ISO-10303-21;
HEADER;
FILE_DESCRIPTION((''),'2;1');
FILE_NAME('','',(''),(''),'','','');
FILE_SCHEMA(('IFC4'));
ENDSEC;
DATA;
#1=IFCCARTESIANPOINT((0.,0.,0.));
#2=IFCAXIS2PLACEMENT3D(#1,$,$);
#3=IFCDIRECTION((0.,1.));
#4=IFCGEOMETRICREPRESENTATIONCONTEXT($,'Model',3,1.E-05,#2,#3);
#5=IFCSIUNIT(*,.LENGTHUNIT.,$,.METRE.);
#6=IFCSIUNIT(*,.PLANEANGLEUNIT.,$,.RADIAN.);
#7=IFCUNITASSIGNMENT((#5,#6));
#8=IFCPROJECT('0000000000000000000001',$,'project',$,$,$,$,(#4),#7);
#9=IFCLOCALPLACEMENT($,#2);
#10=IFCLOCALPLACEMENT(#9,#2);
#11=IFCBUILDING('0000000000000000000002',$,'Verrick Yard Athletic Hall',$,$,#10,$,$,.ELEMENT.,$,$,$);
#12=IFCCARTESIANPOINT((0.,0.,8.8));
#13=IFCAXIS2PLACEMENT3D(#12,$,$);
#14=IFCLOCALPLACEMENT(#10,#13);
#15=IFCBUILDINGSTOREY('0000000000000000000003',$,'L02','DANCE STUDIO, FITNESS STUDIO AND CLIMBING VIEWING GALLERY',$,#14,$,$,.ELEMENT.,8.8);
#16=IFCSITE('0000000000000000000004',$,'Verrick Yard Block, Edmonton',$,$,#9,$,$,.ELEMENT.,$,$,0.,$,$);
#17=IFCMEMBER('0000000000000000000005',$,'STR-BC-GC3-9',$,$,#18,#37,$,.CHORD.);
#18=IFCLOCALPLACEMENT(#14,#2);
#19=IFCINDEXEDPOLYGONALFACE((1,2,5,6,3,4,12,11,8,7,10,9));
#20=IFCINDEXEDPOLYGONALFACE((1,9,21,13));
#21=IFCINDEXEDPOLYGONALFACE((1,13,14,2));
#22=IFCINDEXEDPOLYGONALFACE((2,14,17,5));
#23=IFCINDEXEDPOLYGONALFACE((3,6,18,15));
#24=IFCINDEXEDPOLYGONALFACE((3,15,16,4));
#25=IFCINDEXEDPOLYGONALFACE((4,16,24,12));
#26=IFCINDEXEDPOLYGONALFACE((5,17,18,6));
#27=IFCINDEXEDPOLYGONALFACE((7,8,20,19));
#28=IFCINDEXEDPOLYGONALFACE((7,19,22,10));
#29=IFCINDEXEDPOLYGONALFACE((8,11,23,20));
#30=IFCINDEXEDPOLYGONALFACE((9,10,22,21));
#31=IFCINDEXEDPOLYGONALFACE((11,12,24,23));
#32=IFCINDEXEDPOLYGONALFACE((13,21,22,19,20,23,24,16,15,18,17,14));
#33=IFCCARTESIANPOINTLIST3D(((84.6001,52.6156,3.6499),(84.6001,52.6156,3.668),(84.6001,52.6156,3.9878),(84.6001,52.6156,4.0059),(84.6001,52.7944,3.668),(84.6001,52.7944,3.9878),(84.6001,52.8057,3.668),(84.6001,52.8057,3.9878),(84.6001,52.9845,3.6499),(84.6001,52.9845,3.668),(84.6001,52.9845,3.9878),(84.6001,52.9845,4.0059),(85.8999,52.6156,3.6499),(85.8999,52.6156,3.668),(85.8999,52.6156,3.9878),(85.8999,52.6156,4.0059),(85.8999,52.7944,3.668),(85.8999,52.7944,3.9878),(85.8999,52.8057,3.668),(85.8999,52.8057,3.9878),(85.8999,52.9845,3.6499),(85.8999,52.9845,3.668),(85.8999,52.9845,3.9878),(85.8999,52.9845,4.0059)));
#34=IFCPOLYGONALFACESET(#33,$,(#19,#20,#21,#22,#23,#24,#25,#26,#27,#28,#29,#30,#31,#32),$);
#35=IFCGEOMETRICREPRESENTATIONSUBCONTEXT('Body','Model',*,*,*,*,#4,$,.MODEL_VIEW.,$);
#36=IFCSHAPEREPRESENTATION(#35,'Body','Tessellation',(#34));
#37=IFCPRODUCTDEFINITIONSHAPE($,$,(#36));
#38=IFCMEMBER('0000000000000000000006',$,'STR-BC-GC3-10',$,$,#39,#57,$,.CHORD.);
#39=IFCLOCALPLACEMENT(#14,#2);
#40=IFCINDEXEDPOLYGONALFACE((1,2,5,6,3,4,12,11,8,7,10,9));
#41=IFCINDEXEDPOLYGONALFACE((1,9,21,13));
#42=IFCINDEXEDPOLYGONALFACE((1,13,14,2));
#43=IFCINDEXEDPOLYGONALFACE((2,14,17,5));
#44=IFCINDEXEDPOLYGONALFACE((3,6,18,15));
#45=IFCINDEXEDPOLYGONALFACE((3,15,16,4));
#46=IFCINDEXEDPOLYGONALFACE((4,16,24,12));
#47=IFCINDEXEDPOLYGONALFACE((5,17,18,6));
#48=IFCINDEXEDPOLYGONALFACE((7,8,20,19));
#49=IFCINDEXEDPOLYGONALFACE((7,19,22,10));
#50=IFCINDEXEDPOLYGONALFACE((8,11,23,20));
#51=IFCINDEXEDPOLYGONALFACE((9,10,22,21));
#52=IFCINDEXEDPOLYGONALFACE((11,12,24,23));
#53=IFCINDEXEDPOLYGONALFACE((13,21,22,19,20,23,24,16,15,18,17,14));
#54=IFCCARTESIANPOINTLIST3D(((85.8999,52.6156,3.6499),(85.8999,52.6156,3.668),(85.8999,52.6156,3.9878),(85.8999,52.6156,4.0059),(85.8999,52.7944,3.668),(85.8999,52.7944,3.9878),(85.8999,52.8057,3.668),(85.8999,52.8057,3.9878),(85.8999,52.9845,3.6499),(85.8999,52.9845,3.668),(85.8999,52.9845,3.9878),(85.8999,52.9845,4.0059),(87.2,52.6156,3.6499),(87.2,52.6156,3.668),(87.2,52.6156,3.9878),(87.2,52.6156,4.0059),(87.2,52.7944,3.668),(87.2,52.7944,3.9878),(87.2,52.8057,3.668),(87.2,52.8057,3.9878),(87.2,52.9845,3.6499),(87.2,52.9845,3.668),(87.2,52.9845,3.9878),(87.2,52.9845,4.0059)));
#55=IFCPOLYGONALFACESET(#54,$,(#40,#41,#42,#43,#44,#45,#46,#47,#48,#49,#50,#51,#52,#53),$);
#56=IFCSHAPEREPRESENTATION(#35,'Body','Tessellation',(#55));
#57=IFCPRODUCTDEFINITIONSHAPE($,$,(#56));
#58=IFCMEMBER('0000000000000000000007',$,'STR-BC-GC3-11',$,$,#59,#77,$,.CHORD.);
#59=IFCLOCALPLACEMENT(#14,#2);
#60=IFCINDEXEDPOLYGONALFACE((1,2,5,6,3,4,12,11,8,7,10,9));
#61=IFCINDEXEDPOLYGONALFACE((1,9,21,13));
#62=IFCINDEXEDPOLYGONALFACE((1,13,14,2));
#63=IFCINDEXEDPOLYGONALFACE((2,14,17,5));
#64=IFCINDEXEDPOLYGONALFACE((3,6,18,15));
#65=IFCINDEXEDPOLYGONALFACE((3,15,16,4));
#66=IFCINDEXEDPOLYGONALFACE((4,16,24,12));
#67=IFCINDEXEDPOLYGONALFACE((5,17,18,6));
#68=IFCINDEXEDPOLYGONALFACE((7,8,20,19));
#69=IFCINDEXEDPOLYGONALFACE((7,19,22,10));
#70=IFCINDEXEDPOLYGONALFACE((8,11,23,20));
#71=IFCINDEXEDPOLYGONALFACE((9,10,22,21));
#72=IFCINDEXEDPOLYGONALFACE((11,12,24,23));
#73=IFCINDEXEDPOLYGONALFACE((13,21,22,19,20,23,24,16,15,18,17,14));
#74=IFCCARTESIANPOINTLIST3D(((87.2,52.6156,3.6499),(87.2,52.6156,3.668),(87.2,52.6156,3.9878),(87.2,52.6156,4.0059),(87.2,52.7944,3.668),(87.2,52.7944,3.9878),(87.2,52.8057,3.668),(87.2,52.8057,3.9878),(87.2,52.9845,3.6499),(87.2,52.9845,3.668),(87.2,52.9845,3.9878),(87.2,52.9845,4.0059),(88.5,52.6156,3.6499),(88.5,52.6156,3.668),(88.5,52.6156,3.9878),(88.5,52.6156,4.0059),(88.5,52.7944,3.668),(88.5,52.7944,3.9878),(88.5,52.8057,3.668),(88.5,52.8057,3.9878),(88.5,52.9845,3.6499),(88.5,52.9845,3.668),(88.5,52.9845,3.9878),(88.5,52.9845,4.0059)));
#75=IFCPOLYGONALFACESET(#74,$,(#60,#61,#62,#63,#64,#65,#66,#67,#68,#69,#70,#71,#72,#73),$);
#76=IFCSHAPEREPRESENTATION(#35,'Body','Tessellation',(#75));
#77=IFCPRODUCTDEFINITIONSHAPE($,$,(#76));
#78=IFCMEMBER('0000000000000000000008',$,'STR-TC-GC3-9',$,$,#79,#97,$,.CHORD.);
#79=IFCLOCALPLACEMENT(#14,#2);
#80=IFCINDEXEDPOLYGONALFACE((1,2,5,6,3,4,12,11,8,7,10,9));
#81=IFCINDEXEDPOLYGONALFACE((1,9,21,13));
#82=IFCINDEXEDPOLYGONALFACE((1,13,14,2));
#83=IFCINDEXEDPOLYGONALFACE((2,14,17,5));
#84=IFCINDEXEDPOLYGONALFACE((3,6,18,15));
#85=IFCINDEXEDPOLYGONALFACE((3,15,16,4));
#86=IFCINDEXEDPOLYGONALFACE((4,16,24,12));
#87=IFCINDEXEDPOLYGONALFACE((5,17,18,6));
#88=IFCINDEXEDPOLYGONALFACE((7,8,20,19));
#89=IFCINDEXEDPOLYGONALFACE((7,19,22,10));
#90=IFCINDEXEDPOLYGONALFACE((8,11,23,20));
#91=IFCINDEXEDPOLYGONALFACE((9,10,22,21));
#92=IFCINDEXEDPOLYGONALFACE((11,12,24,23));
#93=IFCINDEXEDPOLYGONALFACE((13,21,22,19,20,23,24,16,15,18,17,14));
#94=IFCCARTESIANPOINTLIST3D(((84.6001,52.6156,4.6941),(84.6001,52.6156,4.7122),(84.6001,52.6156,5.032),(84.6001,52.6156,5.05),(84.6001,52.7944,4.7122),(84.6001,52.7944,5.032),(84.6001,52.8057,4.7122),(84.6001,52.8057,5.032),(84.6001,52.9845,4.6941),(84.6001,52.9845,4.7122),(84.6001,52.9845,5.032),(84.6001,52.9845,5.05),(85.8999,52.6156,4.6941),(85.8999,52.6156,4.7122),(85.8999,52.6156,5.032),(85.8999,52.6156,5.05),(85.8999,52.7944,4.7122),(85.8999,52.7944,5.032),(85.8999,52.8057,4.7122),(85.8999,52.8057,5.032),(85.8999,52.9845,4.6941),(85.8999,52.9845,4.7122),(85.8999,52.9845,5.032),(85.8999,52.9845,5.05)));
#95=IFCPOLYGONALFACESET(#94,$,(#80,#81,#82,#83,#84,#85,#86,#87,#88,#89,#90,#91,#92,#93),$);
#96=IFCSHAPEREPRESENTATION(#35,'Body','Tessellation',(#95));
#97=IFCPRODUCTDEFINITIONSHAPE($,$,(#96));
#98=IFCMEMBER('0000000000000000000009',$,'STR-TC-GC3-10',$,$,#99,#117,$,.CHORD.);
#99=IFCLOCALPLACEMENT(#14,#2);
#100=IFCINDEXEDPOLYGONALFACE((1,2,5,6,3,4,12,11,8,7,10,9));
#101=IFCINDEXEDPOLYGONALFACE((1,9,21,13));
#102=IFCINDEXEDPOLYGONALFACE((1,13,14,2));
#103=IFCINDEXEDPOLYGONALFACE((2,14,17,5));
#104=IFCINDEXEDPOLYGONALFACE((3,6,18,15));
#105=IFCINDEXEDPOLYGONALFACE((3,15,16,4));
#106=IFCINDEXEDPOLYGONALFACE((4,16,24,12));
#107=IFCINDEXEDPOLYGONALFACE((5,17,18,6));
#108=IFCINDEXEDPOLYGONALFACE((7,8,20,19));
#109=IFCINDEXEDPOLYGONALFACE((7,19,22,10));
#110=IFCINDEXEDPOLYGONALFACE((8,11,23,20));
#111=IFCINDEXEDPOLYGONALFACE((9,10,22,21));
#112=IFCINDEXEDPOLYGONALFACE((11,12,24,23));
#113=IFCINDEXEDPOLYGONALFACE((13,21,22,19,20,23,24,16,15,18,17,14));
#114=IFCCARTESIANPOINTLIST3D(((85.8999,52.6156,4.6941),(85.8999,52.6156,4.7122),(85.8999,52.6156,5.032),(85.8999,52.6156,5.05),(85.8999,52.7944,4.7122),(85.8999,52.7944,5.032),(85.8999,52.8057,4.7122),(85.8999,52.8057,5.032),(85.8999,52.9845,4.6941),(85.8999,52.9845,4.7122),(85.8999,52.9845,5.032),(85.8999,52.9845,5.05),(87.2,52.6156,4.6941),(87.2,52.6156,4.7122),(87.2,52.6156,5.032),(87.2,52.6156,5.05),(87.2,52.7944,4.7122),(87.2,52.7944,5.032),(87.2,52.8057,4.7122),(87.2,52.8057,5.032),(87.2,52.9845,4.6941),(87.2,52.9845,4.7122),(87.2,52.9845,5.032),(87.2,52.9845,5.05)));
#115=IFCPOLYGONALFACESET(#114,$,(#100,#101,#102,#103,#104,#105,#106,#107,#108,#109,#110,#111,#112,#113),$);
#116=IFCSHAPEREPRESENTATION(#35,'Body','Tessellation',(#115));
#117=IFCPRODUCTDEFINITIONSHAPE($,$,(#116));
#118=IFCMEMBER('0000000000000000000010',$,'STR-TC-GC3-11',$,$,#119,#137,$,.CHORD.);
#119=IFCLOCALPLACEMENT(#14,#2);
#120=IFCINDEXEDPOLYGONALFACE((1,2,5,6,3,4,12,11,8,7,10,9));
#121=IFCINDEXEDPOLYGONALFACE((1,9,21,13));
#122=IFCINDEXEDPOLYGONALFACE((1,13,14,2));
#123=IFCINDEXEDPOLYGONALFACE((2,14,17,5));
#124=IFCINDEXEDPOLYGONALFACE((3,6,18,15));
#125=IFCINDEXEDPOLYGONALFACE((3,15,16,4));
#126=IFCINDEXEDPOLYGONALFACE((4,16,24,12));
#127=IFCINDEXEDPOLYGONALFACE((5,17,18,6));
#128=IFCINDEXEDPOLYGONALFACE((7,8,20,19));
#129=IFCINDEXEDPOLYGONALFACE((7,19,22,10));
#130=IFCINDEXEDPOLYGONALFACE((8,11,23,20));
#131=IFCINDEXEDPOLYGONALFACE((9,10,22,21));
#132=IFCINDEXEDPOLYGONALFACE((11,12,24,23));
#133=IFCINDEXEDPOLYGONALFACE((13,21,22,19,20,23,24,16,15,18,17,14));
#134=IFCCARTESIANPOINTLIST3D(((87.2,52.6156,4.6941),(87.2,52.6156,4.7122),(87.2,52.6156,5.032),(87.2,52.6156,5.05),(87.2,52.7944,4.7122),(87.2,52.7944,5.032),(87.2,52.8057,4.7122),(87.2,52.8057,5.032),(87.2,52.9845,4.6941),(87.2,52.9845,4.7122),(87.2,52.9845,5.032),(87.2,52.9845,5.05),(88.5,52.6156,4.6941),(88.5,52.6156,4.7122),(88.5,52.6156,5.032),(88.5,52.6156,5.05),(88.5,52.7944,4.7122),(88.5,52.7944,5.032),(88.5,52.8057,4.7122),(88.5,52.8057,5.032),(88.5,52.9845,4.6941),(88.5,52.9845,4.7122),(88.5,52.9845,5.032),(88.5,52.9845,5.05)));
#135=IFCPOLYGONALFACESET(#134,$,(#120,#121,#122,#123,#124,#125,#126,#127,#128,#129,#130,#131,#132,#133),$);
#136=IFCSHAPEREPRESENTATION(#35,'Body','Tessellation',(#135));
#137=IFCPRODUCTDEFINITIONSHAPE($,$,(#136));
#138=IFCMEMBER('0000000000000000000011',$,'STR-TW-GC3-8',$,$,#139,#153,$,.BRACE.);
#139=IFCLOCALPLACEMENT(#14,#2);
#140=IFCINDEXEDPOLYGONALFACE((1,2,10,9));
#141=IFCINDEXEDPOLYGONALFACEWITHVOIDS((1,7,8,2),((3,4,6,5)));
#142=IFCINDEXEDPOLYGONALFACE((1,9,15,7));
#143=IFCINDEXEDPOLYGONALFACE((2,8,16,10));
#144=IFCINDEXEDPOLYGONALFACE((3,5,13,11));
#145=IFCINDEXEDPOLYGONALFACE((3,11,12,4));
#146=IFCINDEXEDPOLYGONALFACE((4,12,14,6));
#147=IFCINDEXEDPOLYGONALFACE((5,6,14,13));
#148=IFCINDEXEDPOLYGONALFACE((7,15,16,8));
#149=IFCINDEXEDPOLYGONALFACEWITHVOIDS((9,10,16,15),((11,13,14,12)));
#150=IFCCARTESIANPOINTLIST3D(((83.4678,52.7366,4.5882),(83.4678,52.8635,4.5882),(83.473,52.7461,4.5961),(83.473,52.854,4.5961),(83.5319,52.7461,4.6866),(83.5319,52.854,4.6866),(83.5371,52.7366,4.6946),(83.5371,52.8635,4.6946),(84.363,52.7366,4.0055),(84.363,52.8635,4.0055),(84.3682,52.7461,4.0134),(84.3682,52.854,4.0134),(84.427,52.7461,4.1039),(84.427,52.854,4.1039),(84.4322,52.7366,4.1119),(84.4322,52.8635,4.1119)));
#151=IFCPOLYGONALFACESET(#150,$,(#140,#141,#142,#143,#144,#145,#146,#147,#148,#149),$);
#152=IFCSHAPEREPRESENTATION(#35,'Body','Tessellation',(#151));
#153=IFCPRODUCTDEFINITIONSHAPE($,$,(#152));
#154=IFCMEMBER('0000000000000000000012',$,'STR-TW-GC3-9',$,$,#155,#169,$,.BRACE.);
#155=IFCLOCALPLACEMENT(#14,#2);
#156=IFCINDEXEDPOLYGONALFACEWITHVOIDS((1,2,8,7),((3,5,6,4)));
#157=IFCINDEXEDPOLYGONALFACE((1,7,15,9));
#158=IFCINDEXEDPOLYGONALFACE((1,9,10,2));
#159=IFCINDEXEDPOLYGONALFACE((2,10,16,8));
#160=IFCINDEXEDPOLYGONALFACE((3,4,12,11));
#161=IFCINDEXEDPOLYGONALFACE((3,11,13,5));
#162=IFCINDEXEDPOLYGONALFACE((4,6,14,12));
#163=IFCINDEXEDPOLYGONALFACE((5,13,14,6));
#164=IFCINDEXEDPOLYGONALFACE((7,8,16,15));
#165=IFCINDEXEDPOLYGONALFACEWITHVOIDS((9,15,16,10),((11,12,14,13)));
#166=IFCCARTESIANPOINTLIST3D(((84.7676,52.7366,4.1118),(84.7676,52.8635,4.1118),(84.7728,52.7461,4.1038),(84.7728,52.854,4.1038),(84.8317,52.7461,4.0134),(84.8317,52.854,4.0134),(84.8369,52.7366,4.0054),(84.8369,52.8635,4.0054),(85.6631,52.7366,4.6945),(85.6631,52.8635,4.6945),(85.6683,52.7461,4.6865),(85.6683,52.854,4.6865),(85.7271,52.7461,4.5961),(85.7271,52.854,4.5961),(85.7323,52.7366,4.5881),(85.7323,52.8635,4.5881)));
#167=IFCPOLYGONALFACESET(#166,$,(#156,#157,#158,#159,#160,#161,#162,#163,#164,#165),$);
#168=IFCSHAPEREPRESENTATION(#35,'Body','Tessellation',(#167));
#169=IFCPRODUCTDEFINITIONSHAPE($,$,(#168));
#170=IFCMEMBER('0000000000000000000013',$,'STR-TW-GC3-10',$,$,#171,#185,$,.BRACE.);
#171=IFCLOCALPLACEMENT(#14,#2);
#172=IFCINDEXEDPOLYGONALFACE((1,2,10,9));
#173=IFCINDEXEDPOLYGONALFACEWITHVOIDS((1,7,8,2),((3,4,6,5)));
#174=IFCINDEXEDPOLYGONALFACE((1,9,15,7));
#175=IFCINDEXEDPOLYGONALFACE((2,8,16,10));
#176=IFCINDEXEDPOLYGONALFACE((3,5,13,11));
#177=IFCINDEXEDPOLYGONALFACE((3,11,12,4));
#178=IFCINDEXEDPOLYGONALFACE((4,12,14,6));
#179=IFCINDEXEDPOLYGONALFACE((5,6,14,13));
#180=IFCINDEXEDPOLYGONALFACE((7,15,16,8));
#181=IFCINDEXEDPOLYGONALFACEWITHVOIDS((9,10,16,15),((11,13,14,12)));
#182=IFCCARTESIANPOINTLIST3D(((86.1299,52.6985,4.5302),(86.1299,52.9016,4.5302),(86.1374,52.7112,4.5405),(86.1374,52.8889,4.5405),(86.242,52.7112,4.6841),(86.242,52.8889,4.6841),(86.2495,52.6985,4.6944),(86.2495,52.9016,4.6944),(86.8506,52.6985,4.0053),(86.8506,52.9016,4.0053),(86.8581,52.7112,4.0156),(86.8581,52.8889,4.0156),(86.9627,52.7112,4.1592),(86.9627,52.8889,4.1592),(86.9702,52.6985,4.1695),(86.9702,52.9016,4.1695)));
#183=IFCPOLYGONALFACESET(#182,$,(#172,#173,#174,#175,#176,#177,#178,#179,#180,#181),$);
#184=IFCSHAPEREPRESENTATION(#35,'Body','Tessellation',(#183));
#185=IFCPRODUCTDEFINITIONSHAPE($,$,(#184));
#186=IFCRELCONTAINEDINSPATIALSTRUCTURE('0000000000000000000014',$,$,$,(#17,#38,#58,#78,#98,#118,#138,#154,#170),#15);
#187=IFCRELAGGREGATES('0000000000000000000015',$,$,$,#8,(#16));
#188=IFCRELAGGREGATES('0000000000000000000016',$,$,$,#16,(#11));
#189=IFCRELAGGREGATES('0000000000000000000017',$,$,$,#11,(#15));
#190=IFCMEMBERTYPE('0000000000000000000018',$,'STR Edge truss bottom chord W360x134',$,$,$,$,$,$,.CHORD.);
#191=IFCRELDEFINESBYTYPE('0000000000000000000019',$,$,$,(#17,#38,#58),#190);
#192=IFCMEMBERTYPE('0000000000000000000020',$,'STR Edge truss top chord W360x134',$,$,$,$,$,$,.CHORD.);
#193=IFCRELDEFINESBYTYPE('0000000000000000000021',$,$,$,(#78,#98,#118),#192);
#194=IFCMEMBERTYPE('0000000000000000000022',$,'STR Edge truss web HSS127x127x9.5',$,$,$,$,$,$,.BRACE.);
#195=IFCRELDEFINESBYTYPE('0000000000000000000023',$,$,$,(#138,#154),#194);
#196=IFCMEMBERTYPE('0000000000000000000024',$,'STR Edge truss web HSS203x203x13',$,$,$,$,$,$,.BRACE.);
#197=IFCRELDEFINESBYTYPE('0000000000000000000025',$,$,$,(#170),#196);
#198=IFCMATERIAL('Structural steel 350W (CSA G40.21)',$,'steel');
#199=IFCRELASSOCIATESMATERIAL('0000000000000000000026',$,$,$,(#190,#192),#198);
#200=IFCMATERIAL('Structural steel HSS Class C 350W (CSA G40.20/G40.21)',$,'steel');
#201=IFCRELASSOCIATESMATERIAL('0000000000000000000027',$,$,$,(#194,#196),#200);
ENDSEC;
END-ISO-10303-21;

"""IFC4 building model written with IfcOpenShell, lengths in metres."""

from ifc_helpers import new_model, si_unit, direction, frame, origin, origin_2d, place, context, subcontext, project, spatial, hollow_rectangle, i_section, extrude, material, material_profile, profile_set, type_object, element, save


model = new_model("IFC4")

# Units and contexts
model_context = context("Model", 3, precision=1e-05, world=origin(), true_north=direction((0.0, 1.0)))
body_context = subcontext(model_context, "Body", "Model", "MODEL_VIEW")
ifc_project = project(units=[si_unit("LENGTHUNIT", "METRE"), si_unit("PLANEANGLEUNIT", "RADIAN")], contexts=[model_context])

# Site, building, storey
site_placement = place(None, origin())
site = spatial("IfcSite", under=ifc_project, at=site_placement, Name="Verrick Yard Block, Edmonton", CompositionType="ELEMENT", RefElevation=0.0)
building_placement = place(site_placement, origin())
building = spatial("IfcBuilding", under=site, at=building_placement, Name="Verrick Yard Athletic Hall", CompositionType="ELEMENT")
storey_placement = place(building_placement, frame((0.0, 0.0, 8.8)))
storey = spatial("IfcBuildingStorey", under=building, at=storey_placement, Name="L02", Description="DANCE STUDIO, FITNESS STUDIO AND CLIMBING VIEWING GALLERY", CompositionType="ELEMENT", Elevation=8.8)

# Members
ifc_material_1 = material(Name="Structural steel 350W (CSA G40.21)", Category="steel")
ifc_material_profile_1 = material_profile(ifc_material_1, i_section(OverallWidth=0.3689, OverallDepth=0.356, WebThickness=0.0112, FlangeThickness=0.0181, at=origin_2d()), Name="W360x134")
ifc_profile_set_1 = profile_set([ifc_material_profile_1], Name="Structural steel 350W (CSA G40.21)")
member_type_1 = type_object("IfcMemberType", Name="STR Edge truss bottom chord W360x134", PredefinedType="CHORD", material=ifc_profile_set_1)
member_1_placement = place(storey_placement, frame((84.6001, 52.8, 3.8279), z_axis=(1.0, 0.0, 0.0), x_axis=(0.0, 1.0, 0.0)))
element("IfcMember", 1, at=member_1_placement, inside=storey, type_object=member_type_1, Name="STR-BC-GC3-9", PredefinedType="CHORD", context=body_context, shape_type="SweptSolid", body=[
    extrude(i_section(OverallWidth=0.3689, OverallDepth=0.356, WebThickness=0.0112, FlangeThickness=0.0181, at=origin_2d()), origin(), (0.0, 0.0, 1.0), 1.2998),
])
for number, where, z_axis, x_axis, name in (
    (2, (85.8999, 52.8, 3.8279), (1.0, 0.0, 0.0), (0.0, 1.0, 0.0), "STR-BC-GC3-10"),
    (3, (87.2, 52.8, 3.8279), (1.0, 0.0, 0.0), (0.0, 1.0, 0.0), "STR-BC-GC3-11"),
):
    element("IfcMember", number, at=place(storey_placement, frame(where, z_axis=z_axis, x_axis=x_axis)), inside=storey, type_object=member_type_1, Name=name, PredefinedType="CHORD", context=body_context, shape_type="SweptSolid", body=[
        extrude(i_section(OverallWidth=0.3689, OverallDepth=0.356, WebThickness=0.0112, FlangeThickness=0.0181, at=origin_2d()), origin(), (0.0, 0.0, 1.0), 1.3),
    ])
ifc_material_profile_2 = material_profile(ifc_material_1, i_section(OverallWidth=0.3689, OverallDepth=0.356, WebThickness=0.0112, FlangeThickness=0.0181, at=origin_2d()), Name="W360x134")
ifc_profile_set_2 = profile_set([ifc_material_profile_2], Name="Structural steel 350W (CSA G40.21)")
member_type_2 = type_object("IfcMemberType", Name="STR Edge truss top chord W360x134", PredefinedType="CHORD", material=ifc_profile_set_2)
member_2_placement = place(storey_placement, frame((84.6001, 52.8, 4.8721), z_axis=(1.0, 0.0, 0.0), x_axis=(0.0, 1.0, 0.0)))
element("IfcMember", 4, at=member_2_placement, inside=storey, type_object=member_type_2, Name="STR-TC-GC3-9", PredefinedType="CHORD", context=body_context, shape_type="SweptSolid", body=[
    extrude(i_section(OverallWidth=0.3689, OverallDepth=0.356, WebThickness=0.0112, FlangeThickness=0.0181, at=origin_2d()), origin(), (0.0, 0.0, 1.0), 1.2998),
])
for number, where, z_axis, x_axis, name in (
    (5, (85.8999, 52.8, 4.8721), (1.0, 0.0, 0.0), (0.0, 1.0, 0.0), "STR-TC-GC3-10"),
    (6, (87.2, 52.8, 4.8721), (1.0, 0.0, 0.0), (0.0, 1.0, 0.0), "STR-TC-GC3-11"),
):
    element("IfcMember", number, at=place(storey_placement, frame(where, z_axis=z_axis, x_axis=x_axis)), inside=storey, type_object=member_type_2, Name=name, PredefinedType="CHORD", context=body_context, shape_type="SweptSolid", body=[
        extrude(i_section(OverallWidth=0.3689, OverallDepth=0.356, WebThickness=0.0112, FlangeThickness=0.0181, at=origin_2d()), origin(), (0.0, 0.0, 1.0), 1.3),
    ])
ifc_material_2 = material(Name="Structural steel HSS Class C 350W (CSA G40.20/G40.21)", Category="steel")
ifc_material_profile_3 = material_profile(ifc_material_2, hollow_rectangle(XDim=0.127, YDim=0.127, WallThickness=0.0095, at=origin_2d()), Name="HSS127x127x9.5")
ifc_profile_set_3 = profile_set([ifc_material_profile_3], Name="Structural steel HSS Class C 350W (CSA G40.20/G40.21)")
member_type_3 = type_object("IfcMemberType", Name="STR Edge truss web HSS127x127x9.5", PredefinedType="BRACE", material=ifc_profile_set_3)
member_3_placement = place(storey_placement, frame((83.5024, 52.8, 4.6414), z_axis=(0.838083, 0.0, -0.545543), x_axis=(0.0, 1.0, 0.0)))
element("IfcMember", 7, at=member_3_placement, inside=storey, type_object=member_type_3, Name="STR-TW-GC3-8", PredefinedType="BRACE", context=body_context, shape_type="SweptSolid", body=[
    extrude(hollow_rectangle(XDim=0.127, YDim=0.127, WallThickness=0.0095, at=origin_2d()), origin(), (0.0, 0.0, 1.0), 1.0681),
])
member_4_placement = place(storey_placement, frame((84.8022, 52.8, 4.0586), z_axis=(0.838151, 0.0, 0.545438), x_axis=(0.0, 1.0, 0.0)))
element("IfcMember", 8, at=member_4_placement, inside=storey, type_object=member_type_3, Name="STR-TW-GC3-9", PredefinedType="BRACE", context=body_context, shape_type="SweptSolid", body=[
    extrude(hollow_rectangle(XDim=0.127, YDim=0.127, WallThickness=0.0095, at=origin_2d()), origin(), (0.0, 0.0, 1.0), 1.0684),
])
ifc_material_profile_4 = material_profile(ifc_material_2, hollow_rectangle(XDim=0.2031, YDim=0.2031, WallThickness=0.0127, at=origin_2d()), Name="HSS203x203x13")
ifc_profile_set_4 = profile_set([ifc_material_profile_4], Name="Structural steel HSS Class C 350W (CSA G40.20/G40.21)")
member_type_4 = type_object("IfcMemberType", Name="STR Edge truss web HSS203x203x13", PredefinedType="BRACE", material=ifc_profile_set_4)
member_5_placement = place(storey_placement, frame((86.1897, 52.8, 4.6123), z_axis=(0.808333, 0.0, -0.588725), x_axis=(0.0, 1.0, 0.0)))
element("IfcMember", 9, at=member_5_placement, inside=storey, type_object=member_type_4, Name="STR-TW-GC3-10", PredefinedType="BRACE", context=body_context, shape_type="SweptSolid", body=[
    extrude(hollow_rectangle(XDim=0.2031, YDim=0.2031, WallThickness=0.0127, at=origin_2d()), origin(), (0.0, 0.0, 1.0), 0.8916),
])

save(model, "model.ifc")
